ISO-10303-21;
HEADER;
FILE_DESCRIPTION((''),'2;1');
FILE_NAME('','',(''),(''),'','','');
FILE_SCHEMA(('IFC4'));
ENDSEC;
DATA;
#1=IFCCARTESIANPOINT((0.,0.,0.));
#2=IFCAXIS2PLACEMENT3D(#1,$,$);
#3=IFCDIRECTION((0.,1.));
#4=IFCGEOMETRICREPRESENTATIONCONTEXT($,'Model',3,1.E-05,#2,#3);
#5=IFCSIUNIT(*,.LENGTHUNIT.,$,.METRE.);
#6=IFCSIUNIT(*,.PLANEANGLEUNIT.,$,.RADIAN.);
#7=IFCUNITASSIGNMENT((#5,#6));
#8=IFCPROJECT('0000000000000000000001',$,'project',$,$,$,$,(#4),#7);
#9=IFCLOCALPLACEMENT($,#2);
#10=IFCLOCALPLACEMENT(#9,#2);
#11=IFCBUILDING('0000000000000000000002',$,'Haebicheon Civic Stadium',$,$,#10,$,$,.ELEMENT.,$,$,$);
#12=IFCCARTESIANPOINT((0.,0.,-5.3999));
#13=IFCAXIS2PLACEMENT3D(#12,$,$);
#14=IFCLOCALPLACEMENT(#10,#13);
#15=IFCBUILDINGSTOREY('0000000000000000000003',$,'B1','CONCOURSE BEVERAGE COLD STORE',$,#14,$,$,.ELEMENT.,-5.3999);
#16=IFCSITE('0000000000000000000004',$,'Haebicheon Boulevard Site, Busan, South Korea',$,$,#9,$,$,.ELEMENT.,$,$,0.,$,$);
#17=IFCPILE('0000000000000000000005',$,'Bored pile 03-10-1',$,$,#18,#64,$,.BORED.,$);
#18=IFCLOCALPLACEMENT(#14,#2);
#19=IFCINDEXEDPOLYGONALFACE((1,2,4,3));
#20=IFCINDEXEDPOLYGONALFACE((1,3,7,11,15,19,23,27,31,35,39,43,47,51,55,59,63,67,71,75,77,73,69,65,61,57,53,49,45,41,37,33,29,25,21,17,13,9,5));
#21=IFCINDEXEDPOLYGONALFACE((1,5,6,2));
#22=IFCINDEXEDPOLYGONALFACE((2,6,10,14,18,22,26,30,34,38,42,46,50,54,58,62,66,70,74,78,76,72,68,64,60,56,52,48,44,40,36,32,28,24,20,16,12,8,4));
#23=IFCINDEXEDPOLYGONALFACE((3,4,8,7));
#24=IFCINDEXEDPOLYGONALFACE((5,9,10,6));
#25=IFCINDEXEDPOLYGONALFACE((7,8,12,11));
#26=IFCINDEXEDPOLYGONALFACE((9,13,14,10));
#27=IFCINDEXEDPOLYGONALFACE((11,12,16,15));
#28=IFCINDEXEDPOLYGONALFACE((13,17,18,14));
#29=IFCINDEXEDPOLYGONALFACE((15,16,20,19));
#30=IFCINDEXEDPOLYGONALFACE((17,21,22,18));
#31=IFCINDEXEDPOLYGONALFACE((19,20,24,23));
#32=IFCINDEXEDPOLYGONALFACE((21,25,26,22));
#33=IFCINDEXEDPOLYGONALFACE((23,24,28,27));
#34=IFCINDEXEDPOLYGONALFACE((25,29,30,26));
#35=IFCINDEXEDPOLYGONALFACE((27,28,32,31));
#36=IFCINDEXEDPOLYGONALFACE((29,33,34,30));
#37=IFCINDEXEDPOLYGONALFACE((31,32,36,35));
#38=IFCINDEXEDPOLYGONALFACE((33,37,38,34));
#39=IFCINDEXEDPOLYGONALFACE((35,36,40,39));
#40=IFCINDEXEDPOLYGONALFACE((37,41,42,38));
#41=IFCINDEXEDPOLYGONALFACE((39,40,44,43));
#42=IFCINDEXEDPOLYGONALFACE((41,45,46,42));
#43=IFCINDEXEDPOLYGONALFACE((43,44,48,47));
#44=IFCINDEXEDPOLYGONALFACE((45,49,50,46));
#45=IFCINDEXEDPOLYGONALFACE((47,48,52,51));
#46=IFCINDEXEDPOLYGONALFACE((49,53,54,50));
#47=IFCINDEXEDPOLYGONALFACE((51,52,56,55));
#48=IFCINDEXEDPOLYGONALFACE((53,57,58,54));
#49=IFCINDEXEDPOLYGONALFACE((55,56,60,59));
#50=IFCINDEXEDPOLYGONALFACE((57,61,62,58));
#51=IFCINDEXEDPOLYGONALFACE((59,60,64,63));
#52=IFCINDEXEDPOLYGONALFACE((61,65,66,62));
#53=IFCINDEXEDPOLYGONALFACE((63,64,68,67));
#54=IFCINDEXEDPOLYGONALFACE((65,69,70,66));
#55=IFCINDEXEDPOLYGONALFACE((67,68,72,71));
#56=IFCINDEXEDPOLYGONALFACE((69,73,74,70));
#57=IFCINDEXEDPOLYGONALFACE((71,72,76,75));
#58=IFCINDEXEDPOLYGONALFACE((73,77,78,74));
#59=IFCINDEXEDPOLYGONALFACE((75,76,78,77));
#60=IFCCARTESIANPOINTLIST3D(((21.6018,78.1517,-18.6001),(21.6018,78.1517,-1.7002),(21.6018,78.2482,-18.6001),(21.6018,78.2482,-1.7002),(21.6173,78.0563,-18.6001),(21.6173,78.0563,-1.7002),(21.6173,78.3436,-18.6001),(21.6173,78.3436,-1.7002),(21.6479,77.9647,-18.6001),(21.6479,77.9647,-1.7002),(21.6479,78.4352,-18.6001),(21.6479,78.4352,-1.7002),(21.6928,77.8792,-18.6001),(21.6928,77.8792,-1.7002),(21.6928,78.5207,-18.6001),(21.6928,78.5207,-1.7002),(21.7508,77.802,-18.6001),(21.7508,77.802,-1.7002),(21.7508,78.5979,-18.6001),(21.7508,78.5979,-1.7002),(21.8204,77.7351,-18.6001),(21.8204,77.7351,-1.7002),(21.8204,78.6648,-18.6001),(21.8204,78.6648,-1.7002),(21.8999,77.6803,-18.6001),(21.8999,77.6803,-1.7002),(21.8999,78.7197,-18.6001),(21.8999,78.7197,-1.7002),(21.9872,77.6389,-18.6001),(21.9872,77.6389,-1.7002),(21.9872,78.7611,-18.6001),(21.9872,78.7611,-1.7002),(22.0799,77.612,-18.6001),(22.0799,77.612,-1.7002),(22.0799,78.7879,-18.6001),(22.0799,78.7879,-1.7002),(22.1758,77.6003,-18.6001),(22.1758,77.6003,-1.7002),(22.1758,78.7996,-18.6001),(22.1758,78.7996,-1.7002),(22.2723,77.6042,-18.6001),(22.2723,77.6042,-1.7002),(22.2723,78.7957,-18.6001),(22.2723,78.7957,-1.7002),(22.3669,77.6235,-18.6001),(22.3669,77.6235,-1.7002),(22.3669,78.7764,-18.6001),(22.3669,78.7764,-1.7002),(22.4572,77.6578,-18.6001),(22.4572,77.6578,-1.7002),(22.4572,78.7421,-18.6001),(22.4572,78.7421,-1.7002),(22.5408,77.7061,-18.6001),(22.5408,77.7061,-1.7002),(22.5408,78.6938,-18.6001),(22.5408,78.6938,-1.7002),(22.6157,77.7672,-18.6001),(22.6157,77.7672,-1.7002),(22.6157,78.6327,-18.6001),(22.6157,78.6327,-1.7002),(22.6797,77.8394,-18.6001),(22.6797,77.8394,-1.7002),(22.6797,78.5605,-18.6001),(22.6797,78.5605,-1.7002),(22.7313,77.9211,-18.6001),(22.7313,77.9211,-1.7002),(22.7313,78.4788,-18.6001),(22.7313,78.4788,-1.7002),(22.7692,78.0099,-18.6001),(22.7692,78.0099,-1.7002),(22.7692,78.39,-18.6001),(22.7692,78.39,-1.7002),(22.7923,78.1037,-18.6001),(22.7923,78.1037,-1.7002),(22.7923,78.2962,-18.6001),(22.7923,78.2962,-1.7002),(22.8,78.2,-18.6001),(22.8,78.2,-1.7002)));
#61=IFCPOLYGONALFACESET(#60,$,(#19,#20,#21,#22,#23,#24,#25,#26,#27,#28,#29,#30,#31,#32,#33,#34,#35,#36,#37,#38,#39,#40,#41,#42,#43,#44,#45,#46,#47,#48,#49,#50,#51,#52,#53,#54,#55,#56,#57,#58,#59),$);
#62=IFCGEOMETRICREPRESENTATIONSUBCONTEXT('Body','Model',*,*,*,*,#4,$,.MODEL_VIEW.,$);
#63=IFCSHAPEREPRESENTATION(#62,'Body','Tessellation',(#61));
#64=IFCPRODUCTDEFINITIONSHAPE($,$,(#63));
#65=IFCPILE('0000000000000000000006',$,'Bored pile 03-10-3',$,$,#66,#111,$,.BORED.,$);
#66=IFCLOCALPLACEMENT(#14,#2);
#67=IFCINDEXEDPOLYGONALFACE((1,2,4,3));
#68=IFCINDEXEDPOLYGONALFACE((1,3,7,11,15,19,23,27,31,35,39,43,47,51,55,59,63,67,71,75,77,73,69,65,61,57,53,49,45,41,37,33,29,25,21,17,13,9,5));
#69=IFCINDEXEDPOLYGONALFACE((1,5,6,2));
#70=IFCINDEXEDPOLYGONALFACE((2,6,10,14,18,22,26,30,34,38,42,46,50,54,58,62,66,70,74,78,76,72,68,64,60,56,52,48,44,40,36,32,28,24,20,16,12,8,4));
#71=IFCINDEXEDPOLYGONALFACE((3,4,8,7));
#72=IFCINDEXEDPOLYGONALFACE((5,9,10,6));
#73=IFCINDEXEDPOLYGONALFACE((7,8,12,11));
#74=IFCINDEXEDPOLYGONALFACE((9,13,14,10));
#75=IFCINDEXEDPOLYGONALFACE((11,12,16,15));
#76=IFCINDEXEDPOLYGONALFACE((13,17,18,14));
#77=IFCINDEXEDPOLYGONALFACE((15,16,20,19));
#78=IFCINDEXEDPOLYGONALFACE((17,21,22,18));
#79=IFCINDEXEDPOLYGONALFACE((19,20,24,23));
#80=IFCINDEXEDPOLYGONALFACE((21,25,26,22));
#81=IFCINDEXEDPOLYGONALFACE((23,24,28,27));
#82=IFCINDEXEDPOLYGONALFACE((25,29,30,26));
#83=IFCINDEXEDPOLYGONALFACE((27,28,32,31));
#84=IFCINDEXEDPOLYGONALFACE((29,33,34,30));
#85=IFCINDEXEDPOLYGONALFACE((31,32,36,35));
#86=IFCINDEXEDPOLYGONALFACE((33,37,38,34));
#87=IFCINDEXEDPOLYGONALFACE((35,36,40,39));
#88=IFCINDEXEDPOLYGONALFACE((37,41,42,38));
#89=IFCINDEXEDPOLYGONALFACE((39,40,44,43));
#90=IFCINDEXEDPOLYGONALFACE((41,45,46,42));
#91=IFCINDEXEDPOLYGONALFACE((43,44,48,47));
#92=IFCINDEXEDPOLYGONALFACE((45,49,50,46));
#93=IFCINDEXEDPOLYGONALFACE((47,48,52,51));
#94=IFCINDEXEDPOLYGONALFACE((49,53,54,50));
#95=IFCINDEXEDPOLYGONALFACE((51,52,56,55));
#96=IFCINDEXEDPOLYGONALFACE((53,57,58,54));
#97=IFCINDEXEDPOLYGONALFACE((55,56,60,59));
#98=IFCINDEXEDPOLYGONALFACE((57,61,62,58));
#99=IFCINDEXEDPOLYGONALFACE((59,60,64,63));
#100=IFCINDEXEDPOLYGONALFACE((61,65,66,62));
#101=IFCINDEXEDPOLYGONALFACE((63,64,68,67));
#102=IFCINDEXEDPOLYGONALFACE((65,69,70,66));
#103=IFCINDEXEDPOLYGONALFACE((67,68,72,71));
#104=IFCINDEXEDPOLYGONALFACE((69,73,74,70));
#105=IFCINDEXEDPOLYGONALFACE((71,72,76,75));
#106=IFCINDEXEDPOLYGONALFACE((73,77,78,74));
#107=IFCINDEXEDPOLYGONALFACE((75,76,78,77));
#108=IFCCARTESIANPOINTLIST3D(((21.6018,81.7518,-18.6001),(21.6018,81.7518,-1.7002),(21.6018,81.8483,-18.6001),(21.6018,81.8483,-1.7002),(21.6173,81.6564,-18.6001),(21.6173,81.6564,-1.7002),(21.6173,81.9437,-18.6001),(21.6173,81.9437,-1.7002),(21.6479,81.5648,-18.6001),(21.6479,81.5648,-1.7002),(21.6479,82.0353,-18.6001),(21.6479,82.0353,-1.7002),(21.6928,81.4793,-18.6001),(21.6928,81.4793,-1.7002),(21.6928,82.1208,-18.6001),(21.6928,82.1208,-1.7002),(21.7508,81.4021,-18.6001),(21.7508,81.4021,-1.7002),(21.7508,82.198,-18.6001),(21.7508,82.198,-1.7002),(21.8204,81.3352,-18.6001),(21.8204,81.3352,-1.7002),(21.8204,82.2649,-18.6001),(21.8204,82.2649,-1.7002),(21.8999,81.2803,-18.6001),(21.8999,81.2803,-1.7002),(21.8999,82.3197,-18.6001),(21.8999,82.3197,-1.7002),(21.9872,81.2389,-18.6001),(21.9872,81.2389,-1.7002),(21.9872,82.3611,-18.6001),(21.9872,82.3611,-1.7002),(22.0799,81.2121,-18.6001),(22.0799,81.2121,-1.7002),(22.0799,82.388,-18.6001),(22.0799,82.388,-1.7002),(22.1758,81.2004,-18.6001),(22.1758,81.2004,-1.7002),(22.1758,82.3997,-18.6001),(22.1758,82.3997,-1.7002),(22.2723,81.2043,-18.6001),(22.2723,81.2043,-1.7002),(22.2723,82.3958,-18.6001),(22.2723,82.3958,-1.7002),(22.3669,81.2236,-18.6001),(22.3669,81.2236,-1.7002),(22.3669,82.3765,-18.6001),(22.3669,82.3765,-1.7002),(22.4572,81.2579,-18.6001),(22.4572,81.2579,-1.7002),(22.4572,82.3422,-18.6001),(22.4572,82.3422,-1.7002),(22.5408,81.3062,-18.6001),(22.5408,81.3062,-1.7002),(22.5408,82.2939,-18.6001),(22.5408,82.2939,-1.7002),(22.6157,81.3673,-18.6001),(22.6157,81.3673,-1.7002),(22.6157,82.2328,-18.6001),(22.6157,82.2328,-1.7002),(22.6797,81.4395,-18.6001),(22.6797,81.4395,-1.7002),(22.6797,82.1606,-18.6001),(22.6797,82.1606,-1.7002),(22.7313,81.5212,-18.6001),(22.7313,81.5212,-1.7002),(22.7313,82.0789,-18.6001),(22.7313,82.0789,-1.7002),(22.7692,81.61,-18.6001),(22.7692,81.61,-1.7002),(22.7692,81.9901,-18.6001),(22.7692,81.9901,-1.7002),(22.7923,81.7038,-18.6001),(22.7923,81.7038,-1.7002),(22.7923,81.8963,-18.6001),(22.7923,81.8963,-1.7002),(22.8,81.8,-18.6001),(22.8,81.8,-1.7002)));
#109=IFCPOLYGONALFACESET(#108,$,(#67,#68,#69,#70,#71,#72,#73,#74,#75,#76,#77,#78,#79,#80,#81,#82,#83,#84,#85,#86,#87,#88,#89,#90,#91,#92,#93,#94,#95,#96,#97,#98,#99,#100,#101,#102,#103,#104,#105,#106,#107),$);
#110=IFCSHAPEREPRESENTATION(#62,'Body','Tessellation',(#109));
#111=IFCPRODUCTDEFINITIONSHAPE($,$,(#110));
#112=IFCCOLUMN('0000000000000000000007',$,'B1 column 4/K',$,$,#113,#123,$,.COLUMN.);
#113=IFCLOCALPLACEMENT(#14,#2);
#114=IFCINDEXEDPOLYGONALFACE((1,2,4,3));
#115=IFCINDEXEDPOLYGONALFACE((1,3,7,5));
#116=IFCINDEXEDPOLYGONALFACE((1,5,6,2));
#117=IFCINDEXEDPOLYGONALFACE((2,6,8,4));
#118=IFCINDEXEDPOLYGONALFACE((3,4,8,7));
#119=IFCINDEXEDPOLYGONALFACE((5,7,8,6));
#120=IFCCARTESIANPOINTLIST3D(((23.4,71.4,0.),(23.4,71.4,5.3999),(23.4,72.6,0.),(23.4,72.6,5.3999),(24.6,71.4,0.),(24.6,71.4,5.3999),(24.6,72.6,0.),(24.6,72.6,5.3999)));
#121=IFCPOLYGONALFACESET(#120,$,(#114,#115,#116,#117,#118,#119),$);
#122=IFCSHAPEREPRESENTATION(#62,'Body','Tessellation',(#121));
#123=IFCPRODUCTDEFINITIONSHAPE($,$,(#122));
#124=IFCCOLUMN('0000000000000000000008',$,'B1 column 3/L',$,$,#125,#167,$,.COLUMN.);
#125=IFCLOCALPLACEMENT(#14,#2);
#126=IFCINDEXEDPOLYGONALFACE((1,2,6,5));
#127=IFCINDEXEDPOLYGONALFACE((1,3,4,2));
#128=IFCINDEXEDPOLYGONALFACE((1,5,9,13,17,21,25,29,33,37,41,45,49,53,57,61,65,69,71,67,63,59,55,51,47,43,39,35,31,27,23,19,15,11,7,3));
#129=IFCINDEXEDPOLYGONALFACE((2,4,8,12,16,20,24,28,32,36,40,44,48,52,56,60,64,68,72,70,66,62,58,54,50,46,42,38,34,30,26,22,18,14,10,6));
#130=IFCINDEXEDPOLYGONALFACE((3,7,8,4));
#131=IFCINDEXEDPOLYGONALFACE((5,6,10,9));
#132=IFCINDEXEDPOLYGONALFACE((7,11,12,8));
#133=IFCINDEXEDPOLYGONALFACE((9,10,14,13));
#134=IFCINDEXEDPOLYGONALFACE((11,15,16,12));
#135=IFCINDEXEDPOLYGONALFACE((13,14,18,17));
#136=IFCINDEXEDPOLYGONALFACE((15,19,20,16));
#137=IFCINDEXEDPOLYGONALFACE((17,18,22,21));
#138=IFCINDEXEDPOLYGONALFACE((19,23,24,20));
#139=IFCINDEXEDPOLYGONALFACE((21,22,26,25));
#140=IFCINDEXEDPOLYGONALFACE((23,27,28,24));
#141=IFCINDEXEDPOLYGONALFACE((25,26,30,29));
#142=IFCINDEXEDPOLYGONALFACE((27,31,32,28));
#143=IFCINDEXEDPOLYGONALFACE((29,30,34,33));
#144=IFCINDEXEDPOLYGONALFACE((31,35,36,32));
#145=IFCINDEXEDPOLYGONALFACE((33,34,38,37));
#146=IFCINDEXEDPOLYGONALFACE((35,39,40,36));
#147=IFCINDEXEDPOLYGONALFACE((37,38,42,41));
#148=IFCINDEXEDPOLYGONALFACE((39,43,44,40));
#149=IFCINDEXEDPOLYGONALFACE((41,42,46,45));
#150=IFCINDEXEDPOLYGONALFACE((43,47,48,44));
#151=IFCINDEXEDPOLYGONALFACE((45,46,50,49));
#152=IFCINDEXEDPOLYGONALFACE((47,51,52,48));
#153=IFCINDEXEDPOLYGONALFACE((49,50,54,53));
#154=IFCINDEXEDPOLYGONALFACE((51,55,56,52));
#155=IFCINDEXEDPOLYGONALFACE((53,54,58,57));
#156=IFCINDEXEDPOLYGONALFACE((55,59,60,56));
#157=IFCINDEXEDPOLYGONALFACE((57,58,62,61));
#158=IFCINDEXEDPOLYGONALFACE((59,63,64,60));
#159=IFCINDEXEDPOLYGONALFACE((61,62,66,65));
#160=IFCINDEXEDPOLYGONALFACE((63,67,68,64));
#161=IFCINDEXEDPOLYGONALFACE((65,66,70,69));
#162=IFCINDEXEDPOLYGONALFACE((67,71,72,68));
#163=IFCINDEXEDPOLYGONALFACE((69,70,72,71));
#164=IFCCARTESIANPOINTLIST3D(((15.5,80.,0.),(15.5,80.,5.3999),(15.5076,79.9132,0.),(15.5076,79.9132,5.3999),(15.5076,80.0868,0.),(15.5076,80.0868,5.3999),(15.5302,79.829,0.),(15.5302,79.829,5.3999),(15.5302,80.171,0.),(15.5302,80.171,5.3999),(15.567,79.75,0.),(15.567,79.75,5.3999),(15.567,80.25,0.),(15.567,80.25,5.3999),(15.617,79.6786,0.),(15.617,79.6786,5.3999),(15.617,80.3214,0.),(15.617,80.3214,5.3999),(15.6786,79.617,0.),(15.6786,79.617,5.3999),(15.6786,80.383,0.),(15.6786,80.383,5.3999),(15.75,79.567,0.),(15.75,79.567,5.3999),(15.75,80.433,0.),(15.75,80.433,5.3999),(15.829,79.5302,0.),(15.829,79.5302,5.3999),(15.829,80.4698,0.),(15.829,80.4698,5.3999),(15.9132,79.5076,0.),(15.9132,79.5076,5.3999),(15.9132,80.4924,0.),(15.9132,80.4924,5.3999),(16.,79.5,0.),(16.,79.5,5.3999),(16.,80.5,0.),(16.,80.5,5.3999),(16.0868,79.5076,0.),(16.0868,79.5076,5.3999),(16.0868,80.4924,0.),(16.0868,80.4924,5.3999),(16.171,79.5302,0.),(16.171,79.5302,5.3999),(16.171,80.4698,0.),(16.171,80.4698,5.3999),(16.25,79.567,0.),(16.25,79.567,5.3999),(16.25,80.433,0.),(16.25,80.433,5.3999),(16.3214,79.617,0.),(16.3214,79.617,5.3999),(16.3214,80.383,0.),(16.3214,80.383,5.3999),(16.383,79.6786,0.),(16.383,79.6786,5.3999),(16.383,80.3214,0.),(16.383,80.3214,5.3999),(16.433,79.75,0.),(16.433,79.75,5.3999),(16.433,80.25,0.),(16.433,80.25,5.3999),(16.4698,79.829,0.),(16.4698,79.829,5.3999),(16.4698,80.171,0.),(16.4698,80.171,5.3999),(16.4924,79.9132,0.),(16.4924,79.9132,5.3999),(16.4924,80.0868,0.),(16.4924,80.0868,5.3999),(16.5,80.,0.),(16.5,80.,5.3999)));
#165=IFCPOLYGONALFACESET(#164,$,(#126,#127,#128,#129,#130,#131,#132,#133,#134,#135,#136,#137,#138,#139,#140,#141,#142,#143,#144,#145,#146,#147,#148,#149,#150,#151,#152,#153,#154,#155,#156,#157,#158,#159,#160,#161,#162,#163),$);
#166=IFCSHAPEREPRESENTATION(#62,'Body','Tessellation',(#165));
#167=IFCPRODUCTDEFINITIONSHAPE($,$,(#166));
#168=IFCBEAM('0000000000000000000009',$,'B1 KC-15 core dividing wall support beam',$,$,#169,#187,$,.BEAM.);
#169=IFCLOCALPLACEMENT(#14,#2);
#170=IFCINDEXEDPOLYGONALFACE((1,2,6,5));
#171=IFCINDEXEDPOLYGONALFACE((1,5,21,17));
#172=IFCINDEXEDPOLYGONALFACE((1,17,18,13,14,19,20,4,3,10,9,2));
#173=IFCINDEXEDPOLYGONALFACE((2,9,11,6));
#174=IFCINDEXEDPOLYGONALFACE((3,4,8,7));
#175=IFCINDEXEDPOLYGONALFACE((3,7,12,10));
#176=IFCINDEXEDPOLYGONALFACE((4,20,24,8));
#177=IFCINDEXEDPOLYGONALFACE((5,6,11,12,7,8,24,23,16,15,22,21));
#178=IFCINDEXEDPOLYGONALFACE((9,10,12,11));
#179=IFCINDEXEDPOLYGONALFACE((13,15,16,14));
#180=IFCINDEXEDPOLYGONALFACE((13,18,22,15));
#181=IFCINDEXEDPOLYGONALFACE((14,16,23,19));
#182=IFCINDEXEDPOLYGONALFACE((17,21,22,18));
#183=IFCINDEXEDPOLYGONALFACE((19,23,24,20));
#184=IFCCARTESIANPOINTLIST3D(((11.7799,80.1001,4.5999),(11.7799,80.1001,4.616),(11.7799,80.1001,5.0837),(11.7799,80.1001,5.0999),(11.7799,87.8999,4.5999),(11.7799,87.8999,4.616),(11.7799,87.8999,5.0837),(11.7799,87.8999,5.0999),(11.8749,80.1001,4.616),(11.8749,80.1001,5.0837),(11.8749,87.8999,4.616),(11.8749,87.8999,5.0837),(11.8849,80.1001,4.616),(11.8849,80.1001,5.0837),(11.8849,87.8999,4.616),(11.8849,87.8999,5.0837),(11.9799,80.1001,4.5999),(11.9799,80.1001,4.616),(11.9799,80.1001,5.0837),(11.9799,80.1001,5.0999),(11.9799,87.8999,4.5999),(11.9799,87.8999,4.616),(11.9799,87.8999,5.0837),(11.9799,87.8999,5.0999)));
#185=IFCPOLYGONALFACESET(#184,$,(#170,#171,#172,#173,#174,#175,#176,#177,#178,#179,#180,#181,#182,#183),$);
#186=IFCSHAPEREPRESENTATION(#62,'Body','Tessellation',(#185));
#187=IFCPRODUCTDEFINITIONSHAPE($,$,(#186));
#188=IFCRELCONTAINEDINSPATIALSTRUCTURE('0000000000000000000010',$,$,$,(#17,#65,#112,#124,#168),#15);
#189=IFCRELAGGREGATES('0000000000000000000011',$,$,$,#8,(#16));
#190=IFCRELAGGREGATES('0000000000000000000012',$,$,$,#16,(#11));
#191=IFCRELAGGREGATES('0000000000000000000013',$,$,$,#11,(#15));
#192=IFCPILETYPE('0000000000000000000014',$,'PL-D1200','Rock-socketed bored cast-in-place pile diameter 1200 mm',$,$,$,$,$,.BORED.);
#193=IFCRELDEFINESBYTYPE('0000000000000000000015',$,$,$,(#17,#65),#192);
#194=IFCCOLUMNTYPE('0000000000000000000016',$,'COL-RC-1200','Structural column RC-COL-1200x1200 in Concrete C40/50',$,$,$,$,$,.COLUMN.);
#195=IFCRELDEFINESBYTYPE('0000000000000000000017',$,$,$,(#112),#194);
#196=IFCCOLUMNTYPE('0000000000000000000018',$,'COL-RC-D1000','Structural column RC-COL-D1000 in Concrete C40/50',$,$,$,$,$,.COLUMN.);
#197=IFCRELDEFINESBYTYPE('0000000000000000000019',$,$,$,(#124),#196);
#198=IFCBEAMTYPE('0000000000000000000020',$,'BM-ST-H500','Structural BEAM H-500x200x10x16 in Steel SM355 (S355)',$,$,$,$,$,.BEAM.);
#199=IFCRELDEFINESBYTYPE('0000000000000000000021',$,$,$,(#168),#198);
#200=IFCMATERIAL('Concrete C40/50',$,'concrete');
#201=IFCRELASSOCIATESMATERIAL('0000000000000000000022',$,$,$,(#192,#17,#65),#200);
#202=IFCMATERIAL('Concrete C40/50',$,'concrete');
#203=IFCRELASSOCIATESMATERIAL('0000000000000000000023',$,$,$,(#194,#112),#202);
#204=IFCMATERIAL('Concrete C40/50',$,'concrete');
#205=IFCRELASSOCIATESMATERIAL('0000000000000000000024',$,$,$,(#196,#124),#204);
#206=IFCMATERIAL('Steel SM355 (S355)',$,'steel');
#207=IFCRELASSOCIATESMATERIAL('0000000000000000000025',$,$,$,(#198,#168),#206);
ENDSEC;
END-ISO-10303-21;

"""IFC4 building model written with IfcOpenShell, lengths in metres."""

from ifc_helpers import new_model, si_unit, direction, frame, origin, origin_2d, place, context, subcontext, project, spatial, rectangle, circle, i_section, extrude, material, material_profile, profile_set, type_object, element, save


model = new_model("IFC4")

# Units and contexts
model_context = context("Model", 3, precision=1e-05, world=origin(), true_north=direction((0.0, 1.0)))
body_context = subcontext(model_context, "Body", "Model", "MODEL_VIEW")
ifc_project = project(units=[si_unit("LENGTHUNIT", "METRE"), si_unit("PLANEANGLEUNIT", "RADIAN")], contexts=[model_context])

# Site, building, storey
site_placement = place(None, origin())
site = spatial("IfcSite", under=ifc_project, at=site_placement, Name="Haebicheon Boulevard Site, Busan, South Korea", CompositionType="ELEMENT", RefElevation=0.0)
building_placement = place(site_placement, origin())
building = spatial("IfcBuilding", under=site, at=building_placement, Name="Haebicheon Civic Stadium", CompositionType="ELEMENT")
storey_placement = place(building_placement, frame((0.0, 0.0, -5.3999)))
storey = spatial("IfcBuildingStorey", under=building, at=storey_placement, Name="B1", Description="CONCOURSE BEVERAGE COLD STORE", CompositionType="ELEMENT", Elevation=-5.3999)

# Piles
ifc_material_1 = material(Name="Concrete C40/50", Category="concrete")
ifc_material_profile_1 = material_profile(ifc_material_1, circle(Radius=0.6001, at=origin_2d()), Name="PILE-D1200")
ifc_profile_set_1 = profile_set([ifc_material_profile_1], Name="Concrete C40/50")
pile_type_1 = type_object("IfcPileType", Name="PL-D1200", Description="Rock-socketed bored cast-in-place pile diameter 1200 mm", PredefinedType="BORED", material=ifc_profile_set_1)
for number, where, z_axis, x_axis, name in (
    (1, (22.2, 78.2, -1.7002), (0.0, 0.0, -1.0), (1.0, 0.0, 0.0), "Bored pile 03-10-1"),
    (2, (22.2, 81.8, -1.7002), (0.0, 0.0, -1.0), (1.0, 0.0, 0.0), "Bored pile 03-10-3"),
):
    element("IfcPile", number, at=place(storey_placement, frame(where, z_axis=z_axis, x_axis=x_axis)), inside=storey, type_object=pile_type_1, material=ifc_profile_set_1, Name=name, PredefinedType="BORED", context=body_context, shape_type="SweptSolid", body=[
        extrude(circle(Radius=0.6001, at=origin_2d()), origin(), (0.0, 0.0, 1.0), 16.8999),
    ])

# Columns
ifc_material_2 = material(Name="Concrete C40/50", Category="concrete")
ifc_material_profile_2 = material_profile(ifc_material_2, rectangle(XDim=1.2, YDim=1.2, at=origin_2d()), Name="RC-COL-1200x1200")
ifc_profile_set_2 = profile_set([ifc_material_profile_2], Name="Concrete C40/50")
column_type_1 = type_object("IfcColumnType", Name="COL-RC-1200", Description="Structural column RC-COL-1200x1200 in Concrete C40/50", PredefinedType="COLUMN", material=ifc_profile_set_2)
column_1_placement = place(storey_placement, frame((24.0, 72.0, 0.0), z_axis=(0.0, 0.0, 1.0), x_axis=(1.0, 0.0, 0.0)))
element("IfcColumn", 3, at=column_1_placement, inside=storey, type_object=column_type_1, material=ifc_profile_set_2, Name="B1 column 4/K", PredefinedType="COLUMN", context=body_context, shape_type="SweptSolid", body=[
    extrude(rectangle(XDim=1.2, YDim=1.2, at=origin_2d()), origin(), (0.0, 0.0, 1.0), 5.3999),
])
ifc_material_3 = material(Name="Concrete C40/50", Category="concrete")
ifc_material_profile_3 = material_profile(ifc_material_3, circle(Radius=0.5, at=origin_2d()), Name="RC-COL-D1000")
ifc_profile_set_3 = profile_set([ifc_material_profile_3], Name="Concrete C40/50")
column_type_2 = type_object("IfcColumnType", Name="COL-RC-D1000", Description="Structural column RC-COL-D1000 in Concrete C40/50", PredefinedType="COLUMN", material=ifc_profile_set_3)
column_2_placement = place(storey_placement, frame((16.0, 80.0, 0.0), z_axis=(0.0, 0.0, 1.0), x_axis=(1.0, 0.0, 0.0)))
element("IfcColumn", 4, at=column_2_placement, inside=storey, type_object=column_type_2, material=ifc_profile_set_3, Name="B1 column 3/L", PredefinedType="COLUMN", context=body_context, shape_type="SweptSolid", body=[
    extrude(circle(Radius=0.5, at=origin_2d()), origin(), (0.0, 0.0, 1.0), 5.3999),
])

# Beam
ifc_material_4 = material(Name="Steel SM355 (S355)", Category="steel")
ifc_material_profile_4 = material_profile(ifc_material_4, i_section(OverallWidth=0.2, OverallDepth=0.5, WebThickness=0.01, FlangeThickness=0.0161, at=origin_2d()), Name="H-500x200x10x16")
ifc_profile_set_4 = profile_set([ifc_material_profile_4], Name="Steel SM355 (S355)")
beam_type_1 = type_object("IfcBeamType", Name="BM-ST-H500", Description="Structural BEAM H-500x200x10x16 in Steel SM355 (S355)", PredefinedType="BEAM", material=ifc_profile_set_4)
beam_1_placement = place(storey_placement, frame((11.8799, 80.1001, 4.8499), z_axis=(0.0, 1.0, 0.0), x_axis=(-1.0, 0.0, 0.0)))
element("IfcBeam", 5, at=beam_1_placement, inside=storey, type_object=beam_type_1, material=ifc_profile_set_4, Name="B1 KC-15 core dividing wall support beam", PredefinedType="BEAM", context=body_context, shape_type="SweptSolid", body=[
    extrude(i_section(OverallWidth=0.2, OverallDepth=0.5, WebThickness=0.01, FlangeThickness=0.0161, at=origin_2d()), origin(), (0.0, 0.0, 1.0), 7.7998),
])

save(model, "model.ifc")
